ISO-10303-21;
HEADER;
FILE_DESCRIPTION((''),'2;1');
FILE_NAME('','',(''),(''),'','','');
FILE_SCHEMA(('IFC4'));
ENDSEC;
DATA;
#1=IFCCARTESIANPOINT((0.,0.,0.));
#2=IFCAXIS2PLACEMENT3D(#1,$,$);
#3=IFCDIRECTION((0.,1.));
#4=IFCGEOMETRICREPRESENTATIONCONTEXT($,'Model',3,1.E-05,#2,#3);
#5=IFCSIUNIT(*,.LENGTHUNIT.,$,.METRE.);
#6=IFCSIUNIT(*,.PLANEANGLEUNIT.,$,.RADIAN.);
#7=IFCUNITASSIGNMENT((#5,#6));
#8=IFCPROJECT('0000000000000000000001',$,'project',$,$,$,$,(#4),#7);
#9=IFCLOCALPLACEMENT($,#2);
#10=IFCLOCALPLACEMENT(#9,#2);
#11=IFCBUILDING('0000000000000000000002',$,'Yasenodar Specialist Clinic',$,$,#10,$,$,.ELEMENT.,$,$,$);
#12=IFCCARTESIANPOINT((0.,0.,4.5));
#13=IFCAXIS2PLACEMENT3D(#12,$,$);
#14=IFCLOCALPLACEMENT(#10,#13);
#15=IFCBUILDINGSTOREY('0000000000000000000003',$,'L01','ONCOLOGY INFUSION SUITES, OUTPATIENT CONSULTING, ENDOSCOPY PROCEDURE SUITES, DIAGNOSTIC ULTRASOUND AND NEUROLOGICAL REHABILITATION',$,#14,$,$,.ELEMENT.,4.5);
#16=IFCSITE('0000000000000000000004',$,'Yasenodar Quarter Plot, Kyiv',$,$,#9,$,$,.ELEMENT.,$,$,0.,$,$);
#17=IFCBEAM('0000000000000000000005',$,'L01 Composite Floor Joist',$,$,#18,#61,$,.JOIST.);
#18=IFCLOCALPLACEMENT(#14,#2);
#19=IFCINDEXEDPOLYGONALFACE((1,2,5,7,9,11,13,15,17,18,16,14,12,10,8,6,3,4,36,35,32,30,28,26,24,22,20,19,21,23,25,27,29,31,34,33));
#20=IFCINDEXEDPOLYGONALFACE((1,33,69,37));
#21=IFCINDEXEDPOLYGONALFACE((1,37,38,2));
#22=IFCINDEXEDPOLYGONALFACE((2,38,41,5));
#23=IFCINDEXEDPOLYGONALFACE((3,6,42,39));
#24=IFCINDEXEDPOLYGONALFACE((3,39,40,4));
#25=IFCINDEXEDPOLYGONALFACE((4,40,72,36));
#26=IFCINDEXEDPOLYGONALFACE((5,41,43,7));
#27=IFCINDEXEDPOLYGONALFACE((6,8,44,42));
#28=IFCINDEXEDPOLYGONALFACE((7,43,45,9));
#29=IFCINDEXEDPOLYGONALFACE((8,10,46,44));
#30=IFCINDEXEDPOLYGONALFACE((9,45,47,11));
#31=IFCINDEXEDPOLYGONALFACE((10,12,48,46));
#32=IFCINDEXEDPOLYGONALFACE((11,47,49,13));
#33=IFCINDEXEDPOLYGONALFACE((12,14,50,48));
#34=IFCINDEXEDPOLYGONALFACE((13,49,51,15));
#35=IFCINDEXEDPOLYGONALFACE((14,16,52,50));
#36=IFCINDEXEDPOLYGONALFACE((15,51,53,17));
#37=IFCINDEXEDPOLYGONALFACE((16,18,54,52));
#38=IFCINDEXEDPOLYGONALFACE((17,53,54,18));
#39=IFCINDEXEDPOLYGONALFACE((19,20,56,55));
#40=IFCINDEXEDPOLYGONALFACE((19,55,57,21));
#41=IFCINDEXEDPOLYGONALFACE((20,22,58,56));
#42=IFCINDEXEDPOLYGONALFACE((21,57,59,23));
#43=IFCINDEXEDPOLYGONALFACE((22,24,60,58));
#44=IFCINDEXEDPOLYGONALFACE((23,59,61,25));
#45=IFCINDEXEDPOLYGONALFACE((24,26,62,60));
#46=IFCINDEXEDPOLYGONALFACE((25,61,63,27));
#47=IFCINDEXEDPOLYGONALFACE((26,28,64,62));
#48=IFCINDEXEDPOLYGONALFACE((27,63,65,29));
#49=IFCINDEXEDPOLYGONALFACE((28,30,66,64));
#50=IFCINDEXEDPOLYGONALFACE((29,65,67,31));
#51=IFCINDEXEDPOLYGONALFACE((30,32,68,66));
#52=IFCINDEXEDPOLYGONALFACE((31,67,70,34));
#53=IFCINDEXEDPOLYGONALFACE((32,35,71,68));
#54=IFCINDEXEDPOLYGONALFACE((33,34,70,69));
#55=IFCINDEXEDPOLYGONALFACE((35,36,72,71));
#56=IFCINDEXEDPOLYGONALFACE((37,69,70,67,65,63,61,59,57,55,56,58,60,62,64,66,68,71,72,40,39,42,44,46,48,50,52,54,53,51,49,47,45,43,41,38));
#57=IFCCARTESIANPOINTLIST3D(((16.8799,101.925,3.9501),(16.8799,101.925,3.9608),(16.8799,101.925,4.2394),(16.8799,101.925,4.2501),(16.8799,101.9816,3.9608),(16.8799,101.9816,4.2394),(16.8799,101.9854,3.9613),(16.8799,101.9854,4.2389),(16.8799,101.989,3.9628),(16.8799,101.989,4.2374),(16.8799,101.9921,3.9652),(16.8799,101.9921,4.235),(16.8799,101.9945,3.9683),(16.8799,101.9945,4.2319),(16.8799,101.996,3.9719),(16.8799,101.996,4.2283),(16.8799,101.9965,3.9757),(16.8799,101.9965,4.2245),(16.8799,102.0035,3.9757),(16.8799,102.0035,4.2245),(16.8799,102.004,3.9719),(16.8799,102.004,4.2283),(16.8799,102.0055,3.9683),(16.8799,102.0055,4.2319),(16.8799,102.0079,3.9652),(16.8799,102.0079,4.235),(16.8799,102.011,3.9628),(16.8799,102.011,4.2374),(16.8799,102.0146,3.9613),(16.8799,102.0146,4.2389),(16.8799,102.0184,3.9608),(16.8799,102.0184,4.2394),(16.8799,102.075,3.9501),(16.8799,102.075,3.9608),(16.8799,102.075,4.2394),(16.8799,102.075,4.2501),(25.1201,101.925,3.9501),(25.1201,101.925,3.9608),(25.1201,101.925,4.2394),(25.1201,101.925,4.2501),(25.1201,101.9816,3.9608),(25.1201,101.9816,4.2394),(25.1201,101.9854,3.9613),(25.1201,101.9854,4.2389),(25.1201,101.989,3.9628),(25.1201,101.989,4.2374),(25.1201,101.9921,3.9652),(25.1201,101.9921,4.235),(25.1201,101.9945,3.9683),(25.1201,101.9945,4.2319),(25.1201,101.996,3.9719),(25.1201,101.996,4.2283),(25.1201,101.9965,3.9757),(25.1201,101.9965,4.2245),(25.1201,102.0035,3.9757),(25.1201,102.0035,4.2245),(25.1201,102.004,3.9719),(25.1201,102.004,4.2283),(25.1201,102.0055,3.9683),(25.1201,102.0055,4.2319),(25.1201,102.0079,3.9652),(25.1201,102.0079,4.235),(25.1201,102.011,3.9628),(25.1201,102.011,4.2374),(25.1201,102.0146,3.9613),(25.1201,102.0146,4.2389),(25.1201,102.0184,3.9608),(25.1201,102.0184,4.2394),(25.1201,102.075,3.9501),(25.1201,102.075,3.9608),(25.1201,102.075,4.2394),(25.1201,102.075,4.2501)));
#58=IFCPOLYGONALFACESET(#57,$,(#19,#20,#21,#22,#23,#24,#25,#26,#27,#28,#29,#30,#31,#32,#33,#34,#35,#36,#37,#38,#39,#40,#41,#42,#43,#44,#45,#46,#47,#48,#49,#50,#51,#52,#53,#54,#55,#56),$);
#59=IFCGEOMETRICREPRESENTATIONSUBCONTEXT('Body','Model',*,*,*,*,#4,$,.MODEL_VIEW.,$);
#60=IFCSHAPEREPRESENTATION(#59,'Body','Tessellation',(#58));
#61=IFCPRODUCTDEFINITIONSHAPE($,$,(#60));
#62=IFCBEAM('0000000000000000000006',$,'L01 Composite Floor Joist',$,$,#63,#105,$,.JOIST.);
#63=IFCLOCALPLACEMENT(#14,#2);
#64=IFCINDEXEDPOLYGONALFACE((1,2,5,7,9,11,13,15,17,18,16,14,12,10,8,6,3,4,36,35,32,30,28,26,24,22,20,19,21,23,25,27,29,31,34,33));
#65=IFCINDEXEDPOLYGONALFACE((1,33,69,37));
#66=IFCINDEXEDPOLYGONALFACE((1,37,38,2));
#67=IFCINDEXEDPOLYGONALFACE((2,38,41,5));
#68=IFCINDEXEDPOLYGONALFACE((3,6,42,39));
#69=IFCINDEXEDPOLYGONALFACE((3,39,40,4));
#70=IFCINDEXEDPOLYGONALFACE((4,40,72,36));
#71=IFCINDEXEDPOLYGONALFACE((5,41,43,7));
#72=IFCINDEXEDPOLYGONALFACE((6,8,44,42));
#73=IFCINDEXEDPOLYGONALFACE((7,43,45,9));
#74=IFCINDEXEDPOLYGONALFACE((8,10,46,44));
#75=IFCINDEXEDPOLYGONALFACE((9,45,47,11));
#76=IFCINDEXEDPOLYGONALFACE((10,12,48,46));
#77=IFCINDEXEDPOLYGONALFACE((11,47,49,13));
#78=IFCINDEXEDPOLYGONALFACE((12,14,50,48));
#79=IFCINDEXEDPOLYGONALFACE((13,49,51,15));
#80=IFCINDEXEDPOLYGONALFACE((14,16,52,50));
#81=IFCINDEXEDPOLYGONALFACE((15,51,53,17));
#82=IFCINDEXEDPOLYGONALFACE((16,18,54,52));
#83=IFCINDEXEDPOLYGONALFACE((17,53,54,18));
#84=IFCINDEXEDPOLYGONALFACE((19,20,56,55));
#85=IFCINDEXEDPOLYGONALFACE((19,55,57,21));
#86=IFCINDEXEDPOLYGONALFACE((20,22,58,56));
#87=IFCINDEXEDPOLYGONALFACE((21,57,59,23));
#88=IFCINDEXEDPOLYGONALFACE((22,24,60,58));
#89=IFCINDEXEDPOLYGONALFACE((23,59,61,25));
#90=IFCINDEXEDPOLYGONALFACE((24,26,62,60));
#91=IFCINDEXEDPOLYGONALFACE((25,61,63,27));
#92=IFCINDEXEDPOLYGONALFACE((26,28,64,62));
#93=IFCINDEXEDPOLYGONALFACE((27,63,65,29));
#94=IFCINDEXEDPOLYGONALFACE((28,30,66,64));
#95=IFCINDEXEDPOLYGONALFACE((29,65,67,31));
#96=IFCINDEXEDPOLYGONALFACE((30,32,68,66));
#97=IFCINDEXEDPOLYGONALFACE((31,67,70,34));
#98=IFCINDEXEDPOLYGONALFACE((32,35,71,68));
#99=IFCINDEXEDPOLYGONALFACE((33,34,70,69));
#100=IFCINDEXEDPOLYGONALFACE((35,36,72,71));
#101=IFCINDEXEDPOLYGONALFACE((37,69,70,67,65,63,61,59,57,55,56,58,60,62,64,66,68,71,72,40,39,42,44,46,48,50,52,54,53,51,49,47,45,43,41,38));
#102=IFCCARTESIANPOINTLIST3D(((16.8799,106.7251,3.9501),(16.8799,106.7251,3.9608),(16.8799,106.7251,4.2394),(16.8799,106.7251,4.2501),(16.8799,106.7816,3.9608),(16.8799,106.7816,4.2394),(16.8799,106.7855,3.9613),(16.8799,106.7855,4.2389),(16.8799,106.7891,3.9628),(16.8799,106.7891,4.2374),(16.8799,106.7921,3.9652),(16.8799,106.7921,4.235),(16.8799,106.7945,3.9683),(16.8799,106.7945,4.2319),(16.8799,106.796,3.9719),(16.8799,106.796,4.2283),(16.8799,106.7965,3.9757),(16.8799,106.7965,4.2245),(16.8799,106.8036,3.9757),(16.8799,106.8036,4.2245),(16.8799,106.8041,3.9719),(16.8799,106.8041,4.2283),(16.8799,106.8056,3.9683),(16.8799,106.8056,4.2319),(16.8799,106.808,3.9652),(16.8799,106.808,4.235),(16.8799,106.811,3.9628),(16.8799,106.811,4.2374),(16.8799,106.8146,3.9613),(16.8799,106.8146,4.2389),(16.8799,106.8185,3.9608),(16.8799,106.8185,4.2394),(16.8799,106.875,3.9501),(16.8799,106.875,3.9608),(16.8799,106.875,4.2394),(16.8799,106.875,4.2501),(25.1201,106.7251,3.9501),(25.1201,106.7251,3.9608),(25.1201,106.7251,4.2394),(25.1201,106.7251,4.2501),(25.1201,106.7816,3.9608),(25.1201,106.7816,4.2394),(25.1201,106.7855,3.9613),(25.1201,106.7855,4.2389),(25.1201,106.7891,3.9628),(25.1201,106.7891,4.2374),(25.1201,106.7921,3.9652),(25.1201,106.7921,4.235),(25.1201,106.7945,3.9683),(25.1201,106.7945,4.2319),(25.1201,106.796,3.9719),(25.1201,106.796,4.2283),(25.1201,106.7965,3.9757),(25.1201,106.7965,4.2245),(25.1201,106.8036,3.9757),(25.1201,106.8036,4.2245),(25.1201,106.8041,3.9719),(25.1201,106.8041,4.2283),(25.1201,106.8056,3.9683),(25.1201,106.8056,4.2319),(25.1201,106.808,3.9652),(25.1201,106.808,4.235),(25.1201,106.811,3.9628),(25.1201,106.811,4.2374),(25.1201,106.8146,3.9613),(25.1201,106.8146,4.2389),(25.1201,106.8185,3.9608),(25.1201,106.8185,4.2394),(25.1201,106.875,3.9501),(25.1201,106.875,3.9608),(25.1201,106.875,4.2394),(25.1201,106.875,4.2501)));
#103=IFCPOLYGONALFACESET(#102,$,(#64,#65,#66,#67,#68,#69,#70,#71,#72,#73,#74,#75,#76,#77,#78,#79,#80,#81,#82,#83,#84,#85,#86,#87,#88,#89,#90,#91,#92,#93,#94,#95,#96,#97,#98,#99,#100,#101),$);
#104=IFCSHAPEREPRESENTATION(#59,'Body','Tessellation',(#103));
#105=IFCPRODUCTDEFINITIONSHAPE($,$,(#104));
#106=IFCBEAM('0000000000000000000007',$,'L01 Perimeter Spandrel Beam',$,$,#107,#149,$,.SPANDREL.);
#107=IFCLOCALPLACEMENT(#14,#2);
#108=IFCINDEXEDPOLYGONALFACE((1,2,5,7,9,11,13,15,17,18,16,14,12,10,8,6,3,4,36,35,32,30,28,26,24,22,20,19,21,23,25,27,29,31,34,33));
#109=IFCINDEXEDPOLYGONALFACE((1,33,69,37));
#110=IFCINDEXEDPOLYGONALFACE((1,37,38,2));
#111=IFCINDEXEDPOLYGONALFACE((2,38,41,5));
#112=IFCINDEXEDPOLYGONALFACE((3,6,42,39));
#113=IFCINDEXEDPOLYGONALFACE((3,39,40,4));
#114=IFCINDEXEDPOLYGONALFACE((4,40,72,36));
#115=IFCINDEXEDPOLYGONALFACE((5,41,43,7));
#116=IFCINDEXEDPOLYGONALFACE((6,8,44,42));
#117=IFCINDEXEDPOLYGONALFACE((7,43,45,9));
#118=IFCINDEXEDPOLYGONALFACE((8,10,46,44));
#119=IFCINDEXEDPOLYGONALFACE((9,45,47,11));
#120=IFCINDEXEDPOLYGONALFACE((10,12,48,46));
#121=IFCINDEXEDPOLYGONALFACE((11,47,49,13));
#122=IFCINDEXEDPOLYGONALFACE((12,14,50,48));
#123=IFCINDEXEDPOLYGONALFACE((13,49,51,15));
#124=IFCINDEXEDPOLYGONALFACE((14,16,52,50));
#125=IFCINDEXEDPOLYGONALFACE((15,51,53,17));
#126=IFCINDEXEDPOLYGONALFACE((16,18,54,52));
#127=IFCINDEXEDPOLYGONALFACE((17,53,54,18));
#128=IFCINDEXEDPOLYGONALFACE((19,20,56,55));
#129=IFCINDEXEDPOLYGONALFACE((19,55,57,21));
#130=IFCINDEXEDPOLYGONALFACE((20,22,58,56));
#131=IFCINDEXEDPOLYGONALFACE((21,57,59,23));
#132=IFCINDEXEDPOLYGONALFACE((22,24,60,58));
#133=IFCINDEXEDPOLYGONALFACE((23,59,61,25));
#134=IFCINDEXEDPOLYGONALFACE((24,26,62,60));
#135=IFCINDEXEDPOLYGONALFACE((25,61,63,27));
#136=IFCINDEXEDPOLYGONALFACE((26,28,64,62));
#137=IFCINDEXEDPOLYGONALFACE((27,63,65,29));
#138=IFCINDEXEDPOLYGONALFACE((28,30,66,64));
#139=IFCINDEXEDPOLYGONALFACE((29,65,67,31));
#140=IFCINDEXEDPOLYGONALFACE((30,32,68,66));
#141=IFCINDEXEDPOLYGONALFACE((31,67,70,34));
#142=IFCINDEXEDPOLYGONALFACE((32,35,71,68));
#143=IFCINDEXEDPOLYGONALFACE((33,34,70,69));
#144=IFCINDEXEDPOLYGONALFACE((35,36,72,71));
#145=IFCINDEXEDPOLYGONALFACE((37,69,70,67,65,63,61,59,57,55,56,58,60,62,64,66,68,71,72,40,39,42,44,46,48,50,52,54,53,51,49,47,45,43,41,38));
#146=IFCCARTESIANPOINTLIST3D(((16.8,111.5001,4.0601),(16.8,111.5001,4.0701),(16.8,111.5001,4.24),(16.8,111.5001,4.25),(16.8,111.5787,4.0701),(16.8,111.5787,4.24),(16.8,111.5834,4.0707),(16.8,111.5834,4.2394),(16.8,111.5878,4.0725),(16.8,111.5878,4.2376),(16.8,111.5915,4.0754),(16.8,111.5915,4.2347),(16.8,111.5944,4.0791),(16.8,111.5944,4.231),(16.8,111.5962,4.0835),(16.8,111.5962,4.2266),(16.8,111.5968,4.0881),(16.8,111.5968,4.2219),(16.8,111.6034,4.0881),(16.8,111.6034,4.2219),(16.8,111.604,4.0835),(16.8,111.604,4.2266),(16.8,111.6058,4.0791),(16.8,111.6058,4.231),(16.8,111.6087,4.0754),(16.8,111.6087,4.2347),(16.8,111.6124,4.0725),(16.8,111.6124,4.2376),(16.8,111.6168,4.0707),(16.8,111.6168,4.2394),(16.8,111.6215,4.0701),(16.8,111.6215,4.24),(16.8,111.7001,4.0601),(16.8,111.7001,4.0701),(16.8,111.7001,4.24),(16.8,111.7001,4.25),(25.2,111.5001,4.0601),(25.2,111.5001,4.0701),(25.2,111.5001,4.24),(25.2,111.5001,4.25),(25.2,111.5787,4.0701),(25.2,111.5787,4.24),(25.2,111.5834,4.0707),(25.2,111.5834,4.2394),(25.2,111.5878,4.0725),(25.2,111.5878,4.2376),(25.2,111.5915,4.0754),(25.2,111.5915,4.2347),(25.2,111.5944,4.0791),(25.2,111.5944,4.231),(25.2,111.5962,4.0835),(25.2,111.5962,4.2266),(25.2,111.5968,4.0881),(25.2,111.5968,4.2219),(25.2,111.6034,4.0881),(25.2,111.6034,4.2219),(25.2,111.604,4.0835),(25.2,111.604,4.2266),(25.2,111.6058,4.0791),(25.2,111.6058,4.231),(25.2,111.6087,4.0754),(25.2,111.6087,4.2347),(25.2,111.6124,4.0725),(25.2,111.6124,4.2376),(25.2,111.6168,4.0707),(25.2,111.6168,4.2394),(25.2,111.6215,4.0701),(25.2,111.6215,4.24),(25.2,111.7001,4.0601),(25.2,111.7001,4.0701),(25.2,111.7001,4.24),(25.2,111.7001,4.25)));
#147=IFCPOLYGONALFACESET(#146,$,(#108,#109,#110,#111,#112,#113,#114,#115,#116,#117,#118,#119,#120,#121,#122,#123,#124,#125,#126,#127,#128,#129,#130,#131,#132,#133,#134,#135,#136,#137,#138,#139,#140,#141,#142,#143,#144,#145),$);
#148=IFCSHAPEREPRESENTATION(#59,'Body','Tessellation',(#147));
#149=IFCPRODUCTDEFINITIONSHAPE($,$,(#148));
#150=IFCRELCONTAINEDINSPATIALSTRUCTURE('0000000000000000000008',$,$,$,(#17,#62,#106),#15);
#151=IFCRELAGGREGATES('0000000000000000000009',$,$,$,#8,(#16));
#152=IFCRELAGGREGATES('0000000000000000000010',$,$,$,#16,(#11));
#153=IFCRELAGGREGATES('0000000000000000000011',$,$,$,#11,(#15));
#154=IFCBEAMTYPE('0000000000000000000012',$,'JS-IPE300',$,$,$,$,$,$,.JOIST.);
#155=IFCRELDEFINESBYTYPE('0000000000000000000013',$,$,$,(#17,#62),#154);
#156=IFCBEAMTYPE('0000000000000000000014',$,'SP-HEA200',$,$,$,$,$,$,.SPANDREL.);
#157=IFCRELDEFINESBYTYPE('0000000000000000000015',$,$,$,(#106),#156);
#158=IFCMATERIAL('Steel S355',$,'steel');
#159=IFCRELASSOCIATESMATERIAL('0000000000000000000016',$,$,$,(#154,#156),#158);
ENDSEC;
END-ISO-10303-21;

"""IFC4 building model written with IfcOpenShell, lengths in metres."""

from ifc_helpers import new_model, si_unit, direction, frame, origin, origin_2d, place, context, subcontext, project, spatial, i_section, extrude, material, material_profile, profile_set, type_object, element, save


model = new_model("IFC4")

# Units and contexts
model_context = context("Model", 3, precision=1e-05, world=origin(), true_north=direction((0.0, 1.0)))
body_context = subcontext(model_context, "Body", "Model", "MODEL_VIEW")
ifc_project = project(units=[si_unit("LENGTHUNIT", "METRE"), si_unit("PLANEANGLEUNIT", "RADIAN")], contexts=[model_context])

# Site, building, storey
site_placement = place(None, origin())
site = spatial("IfcSite", under=ifc_project, at=site_placement, Name="Yasenodar Quarter Plot, Kyiv", CompositionType="ELEMENT", RefElevation=0.0)
building_placement = place(site_placement, origin())
building = spatial("IfcBuilding", under=site, at=building_placement, Name="Yasenodar Specialist Clinic", CompositionType="ELEMENT")
storey_placement = place(building_placement, frame((0.0, 0.0, 4.5)))
storey = spatial("IfcBuildingStorey", under=building, at=storey_placement, Name="L01", Description="ONCOLOGY INFUSION SUITES, OUTPATIENT CONSULTING, ENDOSCOPY PROCEDURE SUITES, DIAGNOSTIC ULTRASOUND AND NEUROLOGICAL REHABILITATION", CompositionType="ELEMENT", Elevation=4.5)

# Shared definitions
ifc_material_1 = material(Name="Steel S355", Category="steel")

# Beams
ifc_material_profile_1 = material_profile(ifc_material_1, i_section(OverallWidth=0.1499, OverallDepth=0.3, WebThickness=0.0071, FlangeThickness=0.0107, FilletRadius=0.0149, at=origin_2d()), Name="IPE 300")
ifc_profile_set_1 = profile_set([ifc_material_profile_1], Name="Steel S355")
beam_type_1 = type_object("IfcBeamType", Name="JS-IPE300", PredefinedType="JOIST", material=ifc_profile_set_1)
for number, where, z_axis, x_axis, name in (
    (1, (16.8799, 102.0, 4.1001), (1.0, 0.0, 0.0), (0.0, 1.0, 0.0), "L01 Composite Floor Joist"),
    (2, (16.8799, 106.8, 4.1001), (1.0, 0.0, 0.0), (0.0, 1.0, 0.0), "L01 Composite Floor Joist"),
):
    element("IfcBeam", number, at=place(storey_placement, frame(where, z_axis=z_axis, x_axis=x_axis)), inside=storey, type_object=beam_type_1, Name=name, PredefinedType="JOIST", context=body_context, shape_type="SweptSolid", body=[
        extrude(i_section(OverallWidth=0.1499, OverallDepth=0.3, WebThickness=0.0071, FlangeThickness=0.0107, FilletRadius=0.0149, at=origin_2d()), origin(), (0.0, 0.0, 1.0), 8.2402),
    ])
ifc_material_profile_2 = material_profile(ifc_material_1, i_section(OverallWidth=0.2, OverallDepth=0.1899, WebThickness=0.0066, FlangeThickness=0.01, FilletRadius=0.0181, at=origin_2d()), Name="HEA 200")
ifc_profile_set_2 = profile_set([ifc_material_profile_2], Name="Steel S355")
beam_type_2 = type_object("IfcBeamType", Name="SP-HEA200", PredefinedType="SPANDREL", material=ifc_profile_set_2)
beam_1_placement = place(storey_placement, frame((16.8, 111.6001, 4.155), z_axis=(1.0, 0.0, 0.0), x_axis=(0.0, 1.0, 0.0)))
element("IfcBeam", 3, at=beam_1_placement, inside=storey, type_object=beam_type_2, Name="L01 Perimeter Spandrel Beam", PredefinedType="SPANDREL", context=body_context, shape_type="SweptSolid", body=[
    extrude(i_section(OverallWidth=0.2, OverallDepth=0.1899, WebThickness=0.0066, FlangeThickness=0.01, FilletRadius=0.0181, at=origin_2d()), origin(), (0.0, 0.0, 1.0), 8.3999),
])

save(model, "model.ifc")
